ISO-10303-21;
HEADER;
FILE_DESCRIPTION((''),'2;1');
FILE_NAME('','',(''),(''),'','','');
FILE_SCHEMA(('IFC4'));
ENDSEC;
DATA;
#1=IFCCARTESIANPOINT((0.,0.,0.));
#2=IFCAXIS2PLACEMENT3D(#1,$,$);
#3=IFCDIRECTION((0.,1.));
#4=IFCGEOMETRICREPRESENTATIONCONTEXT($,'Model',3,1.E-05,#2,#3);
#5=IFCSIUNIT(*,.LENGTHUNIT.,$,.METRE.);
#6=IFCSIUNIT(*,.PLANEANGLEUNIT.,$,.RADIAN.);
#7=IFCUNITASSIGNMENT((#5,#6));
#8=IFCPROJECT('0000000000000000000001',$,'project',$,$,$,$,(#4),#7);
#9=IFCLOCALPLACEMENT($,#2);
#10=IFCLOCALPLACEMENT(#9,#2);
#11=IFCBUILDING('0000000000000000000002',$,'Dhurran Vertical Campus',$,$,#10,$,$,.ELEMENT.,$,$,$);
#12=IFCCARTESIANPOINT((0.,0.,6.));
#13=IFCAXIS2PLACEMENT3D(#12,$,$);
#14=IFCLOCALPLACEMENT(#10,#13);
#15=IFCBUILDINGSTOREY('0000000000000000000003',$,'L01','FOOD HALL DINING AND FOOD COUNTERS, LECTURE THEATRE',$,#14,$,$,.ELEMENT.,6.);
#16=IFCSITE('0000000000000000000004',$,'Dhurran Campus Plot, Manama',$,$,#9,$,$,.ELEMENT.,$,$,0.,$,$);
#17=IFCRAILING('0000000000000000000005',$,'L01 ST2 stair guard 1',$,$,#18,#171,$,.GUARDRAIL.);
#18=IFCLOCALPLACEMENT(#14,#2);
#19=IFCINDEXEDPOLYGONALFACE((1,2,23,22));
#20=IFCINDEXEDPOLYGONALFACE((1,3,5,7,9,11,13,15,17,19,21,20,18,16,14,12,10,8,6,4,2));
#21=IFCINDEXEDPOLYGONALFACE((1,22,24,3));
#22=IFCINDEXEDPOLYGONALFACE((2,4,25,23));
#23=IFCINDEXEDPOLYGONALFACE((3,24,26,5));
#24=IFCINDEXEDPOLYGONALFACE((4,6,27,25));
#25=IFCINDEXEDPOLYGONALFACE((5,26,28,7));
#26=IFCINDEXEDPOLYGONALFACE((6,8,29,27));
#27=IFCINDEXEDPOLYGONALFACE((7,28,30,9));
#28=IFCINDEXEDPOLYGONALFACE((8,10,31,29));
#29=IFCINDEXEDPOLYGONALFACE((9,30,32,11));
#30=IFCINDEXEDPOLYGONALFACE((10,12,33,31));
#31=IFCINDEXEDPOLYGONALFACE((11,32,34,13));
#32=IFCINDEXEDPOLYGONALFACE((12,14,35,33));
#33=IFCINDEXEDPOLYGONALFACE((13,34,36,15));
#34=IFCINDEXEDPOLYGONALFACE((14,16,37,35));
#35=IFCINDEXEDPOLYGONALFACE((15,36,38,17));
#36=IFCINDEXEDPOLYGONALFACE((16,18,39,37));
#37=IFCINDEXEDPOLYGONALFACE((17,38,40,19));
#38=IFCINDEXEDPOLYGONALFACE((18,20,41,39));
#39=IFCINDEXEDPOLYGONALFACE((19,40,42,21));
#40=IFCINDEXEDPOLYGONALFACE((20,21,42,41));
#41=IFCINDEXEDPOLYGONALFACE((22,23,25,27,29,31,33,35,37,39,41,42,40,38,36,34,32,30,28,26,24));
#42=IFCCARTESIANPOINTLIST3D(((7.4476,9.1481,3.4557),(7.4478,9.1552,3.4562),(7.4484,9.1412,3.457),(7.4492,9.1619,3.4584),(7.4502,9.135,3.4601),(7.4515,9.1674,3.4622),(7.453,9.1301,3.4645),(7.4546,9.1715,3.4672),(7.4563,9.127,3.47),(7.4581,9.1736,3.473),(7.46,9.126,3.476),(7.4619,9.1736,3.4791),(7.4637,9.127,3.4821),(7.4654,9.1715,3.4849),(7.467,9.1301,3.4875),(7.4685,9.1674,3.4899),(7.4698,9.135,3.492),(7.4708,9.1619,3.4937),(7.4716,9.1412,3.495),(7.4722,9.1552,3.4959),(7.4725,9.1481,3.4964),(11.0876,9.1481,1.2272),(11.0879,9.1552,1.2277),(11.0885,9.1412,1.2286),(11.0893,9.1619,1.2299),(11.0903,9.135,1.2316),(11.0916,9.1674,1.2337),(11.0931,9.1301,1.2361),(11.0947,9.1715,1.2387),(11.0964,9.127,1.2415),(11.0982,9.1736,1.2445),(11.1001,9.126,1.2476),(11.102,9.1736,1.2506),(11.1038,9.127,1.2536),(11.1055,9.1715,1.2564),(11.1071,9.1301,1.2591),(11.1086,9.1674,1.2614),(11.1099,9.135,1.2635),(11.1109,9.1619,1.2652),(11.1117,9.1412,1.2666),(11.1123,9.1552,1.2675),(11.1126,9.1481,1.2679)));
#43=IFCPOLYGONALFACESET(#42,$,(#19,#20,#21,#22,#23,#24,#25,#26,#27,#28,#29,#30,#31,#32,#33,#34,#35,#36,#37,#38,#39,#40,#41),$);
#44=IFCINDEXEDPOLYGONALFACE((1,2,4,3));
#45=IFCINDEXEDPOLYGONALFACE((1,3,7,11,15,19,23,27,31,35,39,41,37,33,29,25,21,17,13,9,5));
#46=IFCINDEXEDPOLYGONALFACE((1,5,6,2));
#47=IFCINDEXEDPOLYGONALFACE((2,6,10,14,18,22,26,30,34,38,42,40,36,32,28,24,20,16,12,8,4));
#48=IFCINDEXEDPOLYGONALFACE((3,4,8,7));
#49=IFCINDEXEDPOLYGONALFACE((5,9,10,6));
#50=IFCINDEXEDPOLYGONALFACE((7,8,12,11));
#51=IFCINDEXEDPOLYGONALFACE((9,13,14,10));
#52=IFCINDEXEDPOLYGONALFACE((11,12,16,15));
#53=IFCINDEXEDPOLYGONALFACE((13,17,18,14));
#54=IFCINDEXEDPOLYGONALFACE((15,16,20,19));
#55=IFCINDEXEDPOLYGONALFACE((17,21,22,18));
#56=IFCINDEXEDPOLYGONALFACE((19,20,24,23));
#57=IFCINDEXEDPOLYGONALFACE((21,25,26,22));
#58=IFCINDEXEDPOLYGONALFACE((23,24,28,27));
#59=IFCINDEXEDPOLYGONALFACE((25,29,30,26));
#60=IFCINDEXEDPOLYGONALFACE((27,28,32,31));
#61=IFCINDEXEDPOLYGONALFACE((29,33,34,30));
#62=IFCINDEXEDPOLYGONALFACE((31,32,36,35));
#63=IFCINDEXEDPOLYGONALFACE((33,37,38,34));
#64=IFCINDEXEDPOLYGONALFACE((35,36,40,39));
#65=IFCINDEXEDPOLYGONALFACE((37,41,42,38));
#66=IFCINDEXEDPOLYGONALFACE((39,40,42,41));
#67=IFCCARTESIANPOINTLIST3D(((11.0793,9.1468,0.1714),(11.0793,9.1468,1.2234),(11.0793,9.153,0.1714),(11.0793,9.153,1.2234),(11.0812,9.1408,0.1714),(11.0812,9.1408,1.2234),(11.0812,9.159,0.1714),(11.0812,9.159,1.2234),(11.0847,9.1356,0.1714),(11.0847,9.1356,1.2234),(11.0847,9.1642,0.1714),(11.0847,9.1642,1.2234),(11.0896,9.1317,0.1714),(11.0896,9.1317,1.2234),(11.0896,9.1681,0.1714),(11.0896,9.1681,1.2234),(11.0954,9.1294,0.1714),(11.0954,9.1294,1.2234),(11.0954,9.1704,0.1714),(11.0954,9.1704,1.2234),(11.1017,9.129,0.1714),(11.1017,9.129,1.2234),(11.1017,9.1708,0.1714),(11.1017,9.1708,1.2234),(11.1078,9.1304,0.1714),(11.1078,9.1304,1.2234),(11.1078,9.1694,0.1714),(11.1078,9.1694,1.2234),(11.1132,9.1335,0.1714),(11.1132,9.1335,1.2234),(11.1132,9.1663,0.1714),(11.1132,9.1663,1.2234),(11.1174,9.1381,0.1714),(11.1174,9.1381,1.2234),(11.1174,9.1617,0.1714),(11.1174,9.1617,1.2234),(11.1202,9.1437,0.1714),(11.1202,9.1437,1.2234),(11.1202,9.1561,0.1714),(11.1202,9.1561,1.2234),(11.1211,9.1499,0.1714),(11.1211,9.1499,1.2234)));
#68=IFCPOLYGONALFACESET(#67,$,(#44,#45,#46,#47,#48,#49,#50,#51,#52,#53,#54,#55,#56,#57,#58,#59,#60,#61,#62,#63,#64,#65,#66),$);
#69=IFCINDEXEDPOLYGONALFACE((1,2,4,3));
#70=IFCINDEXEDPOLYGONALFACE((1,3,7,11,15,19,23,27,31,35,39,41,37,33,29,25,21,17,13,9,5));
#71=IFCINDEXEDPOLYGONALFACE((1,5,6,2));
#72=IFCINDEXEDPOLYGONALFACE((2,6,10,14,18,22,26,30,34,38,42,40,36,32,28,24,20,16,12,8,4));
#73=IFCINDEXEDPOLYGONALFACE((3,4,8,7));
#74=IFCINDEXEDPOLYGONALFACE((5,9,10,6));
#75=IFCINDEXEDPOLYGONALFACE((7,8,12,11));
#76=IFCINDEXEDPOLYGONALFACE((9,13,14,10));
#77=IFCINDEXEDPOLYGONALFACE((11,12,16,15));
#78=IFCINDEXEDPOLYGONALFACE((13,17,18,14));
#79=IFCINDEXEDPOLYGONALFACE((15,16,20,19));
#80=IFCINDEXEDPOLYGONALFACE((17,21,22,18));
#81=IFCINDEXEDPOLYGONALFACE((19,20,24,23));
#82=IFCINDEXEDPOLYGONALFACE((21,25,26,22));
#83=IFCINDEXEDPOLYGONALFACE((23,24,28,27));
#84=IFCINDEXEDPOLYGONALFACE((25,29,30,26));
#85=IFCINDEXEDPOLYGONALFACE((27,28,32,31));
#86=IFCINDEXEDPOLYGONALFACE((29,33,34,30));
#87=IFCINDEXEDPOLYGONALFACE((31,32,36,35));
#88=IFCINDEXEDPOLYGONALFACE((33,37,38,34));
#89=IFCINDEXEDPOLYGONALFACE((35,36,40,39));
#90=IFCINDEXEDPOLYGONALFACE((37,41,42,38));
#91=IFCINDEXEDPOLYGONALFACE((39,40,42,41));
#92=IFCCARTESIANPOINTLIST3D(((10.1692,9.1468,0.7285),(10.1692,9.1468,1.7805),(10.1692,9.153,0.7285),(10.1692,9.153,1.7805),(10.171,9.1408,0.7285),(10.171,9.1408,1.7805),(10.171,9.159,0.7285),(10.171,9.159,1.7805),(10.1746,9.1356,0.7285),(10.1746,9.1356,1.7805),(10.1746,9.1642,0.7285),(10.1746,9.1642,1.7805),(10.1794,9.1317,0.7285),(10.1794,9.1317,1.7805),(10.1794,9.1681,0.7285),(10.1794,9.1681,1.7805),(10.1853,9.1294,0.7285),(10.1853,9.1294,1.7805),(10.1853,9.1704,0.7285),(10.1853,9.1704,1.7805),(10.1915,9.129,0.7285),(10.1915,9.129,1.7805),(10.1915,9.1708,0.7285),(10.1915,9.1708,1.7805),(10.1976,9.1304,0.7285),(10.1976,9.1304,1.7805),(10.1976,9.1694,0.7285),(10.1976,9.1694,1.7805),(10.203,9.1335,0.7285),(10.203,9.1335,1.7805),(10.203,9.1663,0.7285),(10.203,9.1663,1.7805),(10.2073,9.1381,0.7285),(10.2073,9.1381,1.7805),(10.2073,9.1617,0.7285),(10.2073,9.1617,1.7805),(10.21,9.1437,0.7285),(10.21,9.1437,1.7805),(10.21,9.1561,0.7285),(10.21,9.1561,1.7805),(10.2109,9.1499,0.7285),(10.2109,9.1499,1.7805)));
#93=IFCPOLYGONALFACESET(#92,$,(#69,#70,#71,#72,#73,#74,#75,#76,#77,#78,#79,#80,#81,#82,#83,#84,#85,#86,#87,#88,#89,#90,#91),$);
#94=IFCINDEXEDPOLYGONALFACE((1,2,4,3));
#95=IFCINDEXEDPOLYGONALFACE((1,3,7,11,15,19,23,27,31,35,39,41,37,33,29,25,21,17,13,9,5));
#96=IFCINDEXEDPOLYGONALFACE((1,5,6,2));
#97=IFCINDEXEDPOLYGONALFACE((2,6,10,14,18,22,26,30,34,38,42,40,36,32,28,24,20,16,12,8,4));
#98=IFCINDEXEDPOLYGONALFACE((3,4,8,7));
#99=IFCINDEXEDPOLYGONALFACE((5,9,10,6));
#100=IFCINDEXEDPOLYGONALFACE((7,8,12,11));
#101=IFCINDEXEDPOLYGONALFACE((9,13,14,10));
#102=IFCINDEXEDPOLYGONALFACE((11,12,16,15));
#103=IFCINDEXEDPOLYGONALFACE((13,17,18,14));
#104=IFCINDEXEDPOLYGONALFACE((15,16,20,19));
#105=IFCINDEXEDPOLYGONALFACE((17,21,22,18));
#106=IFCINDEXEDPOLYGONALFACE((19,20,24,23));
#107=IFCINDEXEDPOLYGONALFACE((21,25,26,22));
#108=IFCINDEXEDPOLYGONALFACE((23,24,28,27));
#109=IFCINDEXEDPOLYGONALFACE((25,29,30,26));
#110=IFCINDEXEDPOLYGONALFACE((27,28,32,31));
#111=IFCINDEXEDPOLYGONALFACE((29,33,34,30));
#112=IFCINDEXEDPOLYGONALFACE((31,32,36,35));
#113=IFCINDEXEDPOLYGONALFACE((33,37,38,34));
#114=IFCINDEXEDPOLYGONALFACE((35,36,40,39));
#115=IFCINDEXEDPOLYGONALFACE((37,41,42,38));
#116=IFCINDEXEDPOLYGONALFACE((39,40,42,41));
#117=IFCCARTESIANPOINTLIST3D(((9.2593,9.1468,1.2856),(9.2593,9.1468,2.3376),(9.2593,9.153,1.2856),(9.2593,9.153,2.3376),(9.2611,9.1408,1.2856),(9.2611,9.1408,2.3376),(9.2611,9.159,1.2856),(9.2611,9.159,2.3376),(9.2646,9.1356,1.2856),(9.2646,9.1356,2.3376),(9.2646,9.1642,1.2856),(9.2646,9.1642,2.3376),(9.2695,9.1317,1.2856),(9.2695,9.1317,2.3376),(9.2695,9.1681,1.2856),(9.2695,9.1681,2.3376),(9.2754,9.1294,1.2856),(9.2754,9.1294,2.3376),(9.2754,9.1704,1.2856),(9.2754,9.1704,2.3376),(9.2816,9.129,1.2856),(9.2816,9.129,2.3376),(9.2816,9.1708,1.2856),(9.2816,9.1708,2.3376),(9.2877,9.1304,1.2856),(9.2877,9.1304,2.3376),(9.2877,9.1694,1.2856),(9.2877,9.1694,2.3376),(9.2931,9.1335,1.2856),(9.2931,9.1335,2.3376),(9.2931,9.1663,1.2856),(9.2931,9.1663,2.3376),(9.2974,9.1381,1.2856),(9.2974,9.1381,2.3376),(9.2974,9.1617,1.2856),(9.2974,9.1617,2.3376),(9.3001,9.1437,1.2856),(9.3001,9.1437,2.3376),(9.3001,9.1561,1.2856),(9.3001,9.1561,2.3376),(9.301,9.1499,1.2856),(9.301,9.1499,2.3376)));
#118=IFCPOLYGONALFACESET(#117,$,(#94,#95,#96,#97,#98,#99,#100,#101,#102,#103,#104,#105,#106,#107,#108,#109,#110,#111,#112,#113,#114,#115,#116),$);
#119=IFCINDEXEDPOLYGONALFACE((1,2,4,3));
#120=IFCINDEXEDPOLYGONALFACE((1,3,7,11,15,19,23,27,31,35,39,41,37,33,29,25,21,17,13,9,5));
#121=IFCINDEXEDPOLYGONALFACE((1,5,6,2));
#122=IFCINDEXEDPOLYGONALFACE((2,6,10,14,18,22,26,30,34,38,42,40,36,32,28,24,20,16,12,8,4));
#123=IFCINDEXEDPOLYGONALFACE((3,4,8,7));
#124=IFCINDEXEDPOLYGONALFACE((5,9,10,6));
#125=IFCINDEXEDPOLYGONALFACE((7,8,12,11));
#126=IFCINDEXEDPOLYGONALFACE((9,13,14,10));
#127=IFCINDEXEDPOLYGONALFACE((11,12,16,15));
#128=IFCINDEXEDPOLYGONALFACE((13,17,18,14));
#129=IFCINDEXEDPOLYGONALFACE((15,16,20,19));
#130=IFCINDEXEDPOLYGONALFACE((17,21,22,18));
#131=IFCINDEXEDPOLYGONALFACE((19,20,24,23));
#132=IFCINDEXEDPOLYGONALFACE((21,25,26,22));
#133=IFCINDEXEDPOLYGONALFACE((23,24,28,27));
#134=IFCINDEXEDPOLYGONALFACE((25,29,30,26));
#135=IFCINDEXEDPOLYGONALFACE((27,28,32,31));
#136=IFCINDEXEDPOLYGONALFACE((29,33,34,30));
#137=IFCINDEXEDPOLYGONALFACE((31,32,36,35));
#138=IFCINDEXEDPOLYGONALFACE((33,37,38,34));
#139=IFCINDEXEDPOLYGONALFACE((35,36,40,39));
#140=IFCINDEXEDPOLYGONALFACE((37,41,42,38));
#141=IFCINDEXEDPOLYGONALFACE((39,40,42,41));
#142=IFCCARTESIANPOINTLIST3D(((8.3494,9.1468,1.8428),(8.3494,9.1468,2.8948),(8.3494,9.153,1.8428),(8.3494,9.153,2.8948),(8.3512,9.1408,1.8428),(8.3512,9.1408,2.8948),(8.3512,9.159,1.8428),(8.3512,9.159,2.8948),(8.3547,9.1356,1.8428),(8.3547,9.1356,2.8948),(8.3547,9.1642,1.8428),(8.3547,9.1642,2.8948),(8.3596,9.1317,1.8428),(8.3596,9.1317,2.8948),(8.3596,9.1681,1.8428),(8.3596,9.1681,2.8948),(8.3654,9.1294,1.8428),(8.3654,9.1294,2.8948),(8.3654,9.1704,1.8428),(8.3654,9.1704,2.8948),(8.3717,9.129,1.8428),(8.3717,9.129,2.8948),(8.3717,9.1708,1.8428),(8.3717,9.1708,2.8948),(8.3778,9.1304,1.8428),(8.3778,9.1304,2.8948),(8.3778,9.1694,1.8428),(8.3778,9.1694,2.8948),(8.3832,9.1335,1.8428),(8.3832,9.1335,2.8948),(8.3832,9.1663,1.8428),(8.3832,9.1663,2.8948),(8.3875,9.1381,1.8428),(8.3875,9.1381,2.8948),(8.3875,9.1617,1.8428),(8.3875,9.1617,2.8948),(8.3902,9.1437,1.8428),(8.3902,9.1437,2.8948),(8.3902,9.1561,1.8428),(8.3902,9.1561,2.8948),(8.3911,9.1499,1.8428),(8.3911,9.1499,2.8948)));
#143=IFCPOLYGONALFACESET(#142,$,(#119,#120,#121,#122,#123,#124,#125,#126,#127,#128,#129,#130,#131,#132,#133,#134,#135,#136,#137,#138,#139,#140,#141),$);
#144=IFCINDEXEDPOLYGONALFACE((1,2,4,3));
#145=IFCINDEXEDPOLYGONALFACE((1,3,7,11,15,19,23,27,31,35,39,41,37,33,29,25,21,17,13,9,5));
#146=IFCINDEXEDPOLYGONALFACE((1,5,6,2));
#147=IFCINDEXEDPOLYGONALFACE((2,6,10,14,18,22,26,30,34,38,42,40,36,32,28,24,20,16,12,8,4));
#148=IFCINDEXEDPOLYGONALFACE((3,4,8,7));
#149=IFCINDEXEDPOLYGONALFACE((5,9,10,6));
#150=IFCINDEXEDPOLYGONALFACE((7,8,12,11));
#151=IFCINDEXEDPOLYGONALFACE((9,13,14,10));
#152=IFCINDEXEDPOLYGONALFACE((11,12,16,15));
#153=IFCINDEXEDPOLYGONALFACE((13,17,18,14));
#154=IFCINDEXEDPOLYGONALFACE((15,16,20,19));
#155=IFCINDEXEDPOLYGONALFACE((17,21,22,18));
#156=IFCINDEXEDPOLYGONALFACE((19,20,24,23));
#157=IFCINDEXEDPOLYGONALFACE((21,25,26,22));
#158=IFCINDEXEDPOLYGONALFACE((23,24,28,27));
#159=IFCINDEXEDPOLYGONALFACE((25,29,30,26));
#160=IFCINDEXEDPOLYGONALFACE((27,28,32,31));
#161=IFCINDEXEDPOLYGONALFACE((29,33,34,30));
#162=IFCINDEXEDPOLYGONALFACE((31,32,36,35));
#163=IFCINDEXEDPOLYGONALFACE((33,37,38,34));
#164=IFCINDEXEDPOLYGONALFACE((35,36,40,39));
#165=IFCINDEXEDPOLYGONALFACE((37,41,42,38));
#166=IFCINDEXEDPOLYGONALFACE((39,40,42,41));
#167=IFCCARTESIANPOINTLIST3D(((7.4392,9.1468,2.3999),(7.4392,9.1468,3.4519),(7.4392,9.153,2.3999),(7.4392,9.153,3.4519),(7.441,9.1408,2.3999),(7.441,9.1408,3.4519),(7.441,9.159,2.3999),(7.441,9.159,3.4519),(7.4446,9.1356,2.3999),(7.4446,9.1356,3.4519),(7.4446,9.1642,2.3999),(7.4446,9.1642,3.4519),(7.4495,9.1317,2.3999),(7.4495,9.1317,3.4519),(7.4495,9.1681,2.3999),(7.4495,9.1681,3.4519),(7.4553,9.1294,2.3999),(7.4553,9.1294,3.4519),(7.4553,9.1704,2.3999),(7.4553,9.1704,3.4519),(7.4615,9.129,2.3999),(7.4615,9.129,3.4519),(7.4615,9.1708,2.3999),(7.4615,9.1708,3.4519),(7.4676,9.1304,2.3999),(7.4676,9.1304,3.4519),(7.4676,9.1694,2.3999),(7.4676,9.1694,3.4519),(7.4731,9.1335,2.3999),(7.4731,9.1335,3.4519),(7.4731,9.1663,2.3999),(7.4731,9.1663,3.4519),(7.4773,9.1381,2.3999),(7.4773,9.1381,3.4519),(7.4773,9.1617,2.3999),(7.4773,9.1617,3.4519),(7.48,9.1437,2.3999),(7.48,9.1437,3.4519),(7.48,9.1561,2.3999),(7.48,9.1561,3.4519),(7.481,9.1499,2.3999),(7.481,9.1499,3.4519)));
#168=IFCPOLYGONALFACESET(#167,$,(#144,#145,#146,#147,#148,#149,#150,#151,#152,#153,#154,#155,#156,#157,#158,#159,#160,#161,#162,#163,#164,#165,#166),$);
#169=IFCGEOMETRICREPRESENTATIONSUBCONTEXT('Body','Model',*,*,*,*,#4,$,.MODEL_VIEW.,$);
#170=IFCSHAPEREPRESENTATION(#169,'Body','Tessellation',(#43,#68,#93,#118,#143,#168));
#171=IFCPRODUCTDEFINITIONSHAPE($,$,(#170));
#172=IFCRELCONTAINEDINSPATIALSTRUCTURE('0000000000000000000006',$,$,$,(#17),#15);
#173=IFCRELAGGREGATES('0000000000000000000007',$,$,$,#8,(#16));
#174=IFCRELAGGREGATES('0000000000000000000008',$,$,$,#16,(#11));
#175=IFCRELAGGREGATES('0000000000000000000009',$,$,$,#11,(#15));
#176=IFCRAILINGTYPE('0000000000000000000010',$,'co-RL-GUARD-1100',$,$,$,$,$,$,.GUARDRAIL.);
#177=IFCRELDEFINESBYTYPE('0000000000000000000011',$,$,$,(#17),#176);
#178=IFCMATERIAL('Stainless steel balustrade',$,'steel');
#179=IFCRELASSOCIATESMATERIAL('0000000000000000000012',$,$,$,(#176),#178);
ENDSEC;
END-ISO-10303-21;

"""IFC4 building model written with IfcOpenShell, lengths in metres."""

from ifc_helpers import new_model, si_unit, direction, frame, origin, origin_2d, place, context, subcontext, project, spatial, circle, extrude, material, type_object, element, save


model = new_model("IFC4")

# Units and contexts
model_context = context("Model", 3, precision=1e-05, world=origin(), true_north=direction((0.0, 1.0)))
body_context = subcontext(model_context, "Body", "Model", "MODEL_VIEW")
ifc_project = project(units=[si_unit("LENGTHUNIT", "METRE"), si_unit("PLANEANGLEUNIT", "RADIAN")], contexts=[model_context])

# Site, building, storey
site_placement = place(None, origin())
site = spatial("IfcSite", under=ifc_project, at=site_placement, Name="Dhurran Campus Plot, Manama", CompositionType="ELEMENT", RefElevation=0.0)
building_placement = place(site_placement, origin())
building = spatial("IfcBuilding", under=site, at=building_placement, Name="Dhurran Vertical Campus", CompositionType="ELEMENT")
storey_placement = place(building_placement, frame((0.0, 0.0, 6.0)))
storey = spatial("IfcBuildingStorey", under=building, at=storey_placement, Name="L01", Description="FOOD HALL DINING AND FOOD COUNTERS, LECTURE THEATRE", CompositionType="ELEMENT", Elevation=6.0)

# Railing
ifc_material_1 = material(Name="Stainless steel balustrade", Category="steel")
railing_type_1 = type_object("IfcRailingType", Name="co-RL-GUARD-1100", PredefinedType="GUARDRAIL", material=ifc_material_1)
railing_1_placement = place(storey_placement, frame((11.1001, 9.1499, 0.1714)))
element("IfcRailing", 1, at=railing_1_placement, inside=storey, type_object=railing_type_1, Name="L01 ST2 stair guard 1", PredefinedType="GUARDRAIL", context=body_context, shape_type="SweptSolid", body=[
    extrude(circle(Radius=0.0239, at=origin_2d()), frame((0.0, 0.0, 1.0762), z_axis=(-0.852866, 0.0, 0.52213), x_axis=(0.0, -1.0, 0.0)), (0.0, 0.0, 1.0), 4.2681),
    extrude(circle(Radius=0.021, at=origin_2d()), origin(), (0.0, 0.0, 1.0), 1.052),
    extrude(circle(Radius=0.021, at=origin_2d()), frame((-0.9102, 0.0, 0.5571)), (0.0, 0.0, 1.0), 1.052),
    extrude(circle(Radius=0.021, at=origin_2d()), frame((-1.8201, 0.0, 1.1143)), (0.0, 0.0, 1.0), 1.052),
    extrude(circle(Radius=0.021, at=origin_2d()), frame((-2.73, 0.0, 1.6714)), (0.0, 0.0, 1.0), 1.052),
    extrude(circle(Radius=0.021, at=origin_2d()), frame((-3.6401, 0.0, 2.2285)), (0.0, 0.0, 1.0), 1.052),
])

save(model, "model.ifc")
